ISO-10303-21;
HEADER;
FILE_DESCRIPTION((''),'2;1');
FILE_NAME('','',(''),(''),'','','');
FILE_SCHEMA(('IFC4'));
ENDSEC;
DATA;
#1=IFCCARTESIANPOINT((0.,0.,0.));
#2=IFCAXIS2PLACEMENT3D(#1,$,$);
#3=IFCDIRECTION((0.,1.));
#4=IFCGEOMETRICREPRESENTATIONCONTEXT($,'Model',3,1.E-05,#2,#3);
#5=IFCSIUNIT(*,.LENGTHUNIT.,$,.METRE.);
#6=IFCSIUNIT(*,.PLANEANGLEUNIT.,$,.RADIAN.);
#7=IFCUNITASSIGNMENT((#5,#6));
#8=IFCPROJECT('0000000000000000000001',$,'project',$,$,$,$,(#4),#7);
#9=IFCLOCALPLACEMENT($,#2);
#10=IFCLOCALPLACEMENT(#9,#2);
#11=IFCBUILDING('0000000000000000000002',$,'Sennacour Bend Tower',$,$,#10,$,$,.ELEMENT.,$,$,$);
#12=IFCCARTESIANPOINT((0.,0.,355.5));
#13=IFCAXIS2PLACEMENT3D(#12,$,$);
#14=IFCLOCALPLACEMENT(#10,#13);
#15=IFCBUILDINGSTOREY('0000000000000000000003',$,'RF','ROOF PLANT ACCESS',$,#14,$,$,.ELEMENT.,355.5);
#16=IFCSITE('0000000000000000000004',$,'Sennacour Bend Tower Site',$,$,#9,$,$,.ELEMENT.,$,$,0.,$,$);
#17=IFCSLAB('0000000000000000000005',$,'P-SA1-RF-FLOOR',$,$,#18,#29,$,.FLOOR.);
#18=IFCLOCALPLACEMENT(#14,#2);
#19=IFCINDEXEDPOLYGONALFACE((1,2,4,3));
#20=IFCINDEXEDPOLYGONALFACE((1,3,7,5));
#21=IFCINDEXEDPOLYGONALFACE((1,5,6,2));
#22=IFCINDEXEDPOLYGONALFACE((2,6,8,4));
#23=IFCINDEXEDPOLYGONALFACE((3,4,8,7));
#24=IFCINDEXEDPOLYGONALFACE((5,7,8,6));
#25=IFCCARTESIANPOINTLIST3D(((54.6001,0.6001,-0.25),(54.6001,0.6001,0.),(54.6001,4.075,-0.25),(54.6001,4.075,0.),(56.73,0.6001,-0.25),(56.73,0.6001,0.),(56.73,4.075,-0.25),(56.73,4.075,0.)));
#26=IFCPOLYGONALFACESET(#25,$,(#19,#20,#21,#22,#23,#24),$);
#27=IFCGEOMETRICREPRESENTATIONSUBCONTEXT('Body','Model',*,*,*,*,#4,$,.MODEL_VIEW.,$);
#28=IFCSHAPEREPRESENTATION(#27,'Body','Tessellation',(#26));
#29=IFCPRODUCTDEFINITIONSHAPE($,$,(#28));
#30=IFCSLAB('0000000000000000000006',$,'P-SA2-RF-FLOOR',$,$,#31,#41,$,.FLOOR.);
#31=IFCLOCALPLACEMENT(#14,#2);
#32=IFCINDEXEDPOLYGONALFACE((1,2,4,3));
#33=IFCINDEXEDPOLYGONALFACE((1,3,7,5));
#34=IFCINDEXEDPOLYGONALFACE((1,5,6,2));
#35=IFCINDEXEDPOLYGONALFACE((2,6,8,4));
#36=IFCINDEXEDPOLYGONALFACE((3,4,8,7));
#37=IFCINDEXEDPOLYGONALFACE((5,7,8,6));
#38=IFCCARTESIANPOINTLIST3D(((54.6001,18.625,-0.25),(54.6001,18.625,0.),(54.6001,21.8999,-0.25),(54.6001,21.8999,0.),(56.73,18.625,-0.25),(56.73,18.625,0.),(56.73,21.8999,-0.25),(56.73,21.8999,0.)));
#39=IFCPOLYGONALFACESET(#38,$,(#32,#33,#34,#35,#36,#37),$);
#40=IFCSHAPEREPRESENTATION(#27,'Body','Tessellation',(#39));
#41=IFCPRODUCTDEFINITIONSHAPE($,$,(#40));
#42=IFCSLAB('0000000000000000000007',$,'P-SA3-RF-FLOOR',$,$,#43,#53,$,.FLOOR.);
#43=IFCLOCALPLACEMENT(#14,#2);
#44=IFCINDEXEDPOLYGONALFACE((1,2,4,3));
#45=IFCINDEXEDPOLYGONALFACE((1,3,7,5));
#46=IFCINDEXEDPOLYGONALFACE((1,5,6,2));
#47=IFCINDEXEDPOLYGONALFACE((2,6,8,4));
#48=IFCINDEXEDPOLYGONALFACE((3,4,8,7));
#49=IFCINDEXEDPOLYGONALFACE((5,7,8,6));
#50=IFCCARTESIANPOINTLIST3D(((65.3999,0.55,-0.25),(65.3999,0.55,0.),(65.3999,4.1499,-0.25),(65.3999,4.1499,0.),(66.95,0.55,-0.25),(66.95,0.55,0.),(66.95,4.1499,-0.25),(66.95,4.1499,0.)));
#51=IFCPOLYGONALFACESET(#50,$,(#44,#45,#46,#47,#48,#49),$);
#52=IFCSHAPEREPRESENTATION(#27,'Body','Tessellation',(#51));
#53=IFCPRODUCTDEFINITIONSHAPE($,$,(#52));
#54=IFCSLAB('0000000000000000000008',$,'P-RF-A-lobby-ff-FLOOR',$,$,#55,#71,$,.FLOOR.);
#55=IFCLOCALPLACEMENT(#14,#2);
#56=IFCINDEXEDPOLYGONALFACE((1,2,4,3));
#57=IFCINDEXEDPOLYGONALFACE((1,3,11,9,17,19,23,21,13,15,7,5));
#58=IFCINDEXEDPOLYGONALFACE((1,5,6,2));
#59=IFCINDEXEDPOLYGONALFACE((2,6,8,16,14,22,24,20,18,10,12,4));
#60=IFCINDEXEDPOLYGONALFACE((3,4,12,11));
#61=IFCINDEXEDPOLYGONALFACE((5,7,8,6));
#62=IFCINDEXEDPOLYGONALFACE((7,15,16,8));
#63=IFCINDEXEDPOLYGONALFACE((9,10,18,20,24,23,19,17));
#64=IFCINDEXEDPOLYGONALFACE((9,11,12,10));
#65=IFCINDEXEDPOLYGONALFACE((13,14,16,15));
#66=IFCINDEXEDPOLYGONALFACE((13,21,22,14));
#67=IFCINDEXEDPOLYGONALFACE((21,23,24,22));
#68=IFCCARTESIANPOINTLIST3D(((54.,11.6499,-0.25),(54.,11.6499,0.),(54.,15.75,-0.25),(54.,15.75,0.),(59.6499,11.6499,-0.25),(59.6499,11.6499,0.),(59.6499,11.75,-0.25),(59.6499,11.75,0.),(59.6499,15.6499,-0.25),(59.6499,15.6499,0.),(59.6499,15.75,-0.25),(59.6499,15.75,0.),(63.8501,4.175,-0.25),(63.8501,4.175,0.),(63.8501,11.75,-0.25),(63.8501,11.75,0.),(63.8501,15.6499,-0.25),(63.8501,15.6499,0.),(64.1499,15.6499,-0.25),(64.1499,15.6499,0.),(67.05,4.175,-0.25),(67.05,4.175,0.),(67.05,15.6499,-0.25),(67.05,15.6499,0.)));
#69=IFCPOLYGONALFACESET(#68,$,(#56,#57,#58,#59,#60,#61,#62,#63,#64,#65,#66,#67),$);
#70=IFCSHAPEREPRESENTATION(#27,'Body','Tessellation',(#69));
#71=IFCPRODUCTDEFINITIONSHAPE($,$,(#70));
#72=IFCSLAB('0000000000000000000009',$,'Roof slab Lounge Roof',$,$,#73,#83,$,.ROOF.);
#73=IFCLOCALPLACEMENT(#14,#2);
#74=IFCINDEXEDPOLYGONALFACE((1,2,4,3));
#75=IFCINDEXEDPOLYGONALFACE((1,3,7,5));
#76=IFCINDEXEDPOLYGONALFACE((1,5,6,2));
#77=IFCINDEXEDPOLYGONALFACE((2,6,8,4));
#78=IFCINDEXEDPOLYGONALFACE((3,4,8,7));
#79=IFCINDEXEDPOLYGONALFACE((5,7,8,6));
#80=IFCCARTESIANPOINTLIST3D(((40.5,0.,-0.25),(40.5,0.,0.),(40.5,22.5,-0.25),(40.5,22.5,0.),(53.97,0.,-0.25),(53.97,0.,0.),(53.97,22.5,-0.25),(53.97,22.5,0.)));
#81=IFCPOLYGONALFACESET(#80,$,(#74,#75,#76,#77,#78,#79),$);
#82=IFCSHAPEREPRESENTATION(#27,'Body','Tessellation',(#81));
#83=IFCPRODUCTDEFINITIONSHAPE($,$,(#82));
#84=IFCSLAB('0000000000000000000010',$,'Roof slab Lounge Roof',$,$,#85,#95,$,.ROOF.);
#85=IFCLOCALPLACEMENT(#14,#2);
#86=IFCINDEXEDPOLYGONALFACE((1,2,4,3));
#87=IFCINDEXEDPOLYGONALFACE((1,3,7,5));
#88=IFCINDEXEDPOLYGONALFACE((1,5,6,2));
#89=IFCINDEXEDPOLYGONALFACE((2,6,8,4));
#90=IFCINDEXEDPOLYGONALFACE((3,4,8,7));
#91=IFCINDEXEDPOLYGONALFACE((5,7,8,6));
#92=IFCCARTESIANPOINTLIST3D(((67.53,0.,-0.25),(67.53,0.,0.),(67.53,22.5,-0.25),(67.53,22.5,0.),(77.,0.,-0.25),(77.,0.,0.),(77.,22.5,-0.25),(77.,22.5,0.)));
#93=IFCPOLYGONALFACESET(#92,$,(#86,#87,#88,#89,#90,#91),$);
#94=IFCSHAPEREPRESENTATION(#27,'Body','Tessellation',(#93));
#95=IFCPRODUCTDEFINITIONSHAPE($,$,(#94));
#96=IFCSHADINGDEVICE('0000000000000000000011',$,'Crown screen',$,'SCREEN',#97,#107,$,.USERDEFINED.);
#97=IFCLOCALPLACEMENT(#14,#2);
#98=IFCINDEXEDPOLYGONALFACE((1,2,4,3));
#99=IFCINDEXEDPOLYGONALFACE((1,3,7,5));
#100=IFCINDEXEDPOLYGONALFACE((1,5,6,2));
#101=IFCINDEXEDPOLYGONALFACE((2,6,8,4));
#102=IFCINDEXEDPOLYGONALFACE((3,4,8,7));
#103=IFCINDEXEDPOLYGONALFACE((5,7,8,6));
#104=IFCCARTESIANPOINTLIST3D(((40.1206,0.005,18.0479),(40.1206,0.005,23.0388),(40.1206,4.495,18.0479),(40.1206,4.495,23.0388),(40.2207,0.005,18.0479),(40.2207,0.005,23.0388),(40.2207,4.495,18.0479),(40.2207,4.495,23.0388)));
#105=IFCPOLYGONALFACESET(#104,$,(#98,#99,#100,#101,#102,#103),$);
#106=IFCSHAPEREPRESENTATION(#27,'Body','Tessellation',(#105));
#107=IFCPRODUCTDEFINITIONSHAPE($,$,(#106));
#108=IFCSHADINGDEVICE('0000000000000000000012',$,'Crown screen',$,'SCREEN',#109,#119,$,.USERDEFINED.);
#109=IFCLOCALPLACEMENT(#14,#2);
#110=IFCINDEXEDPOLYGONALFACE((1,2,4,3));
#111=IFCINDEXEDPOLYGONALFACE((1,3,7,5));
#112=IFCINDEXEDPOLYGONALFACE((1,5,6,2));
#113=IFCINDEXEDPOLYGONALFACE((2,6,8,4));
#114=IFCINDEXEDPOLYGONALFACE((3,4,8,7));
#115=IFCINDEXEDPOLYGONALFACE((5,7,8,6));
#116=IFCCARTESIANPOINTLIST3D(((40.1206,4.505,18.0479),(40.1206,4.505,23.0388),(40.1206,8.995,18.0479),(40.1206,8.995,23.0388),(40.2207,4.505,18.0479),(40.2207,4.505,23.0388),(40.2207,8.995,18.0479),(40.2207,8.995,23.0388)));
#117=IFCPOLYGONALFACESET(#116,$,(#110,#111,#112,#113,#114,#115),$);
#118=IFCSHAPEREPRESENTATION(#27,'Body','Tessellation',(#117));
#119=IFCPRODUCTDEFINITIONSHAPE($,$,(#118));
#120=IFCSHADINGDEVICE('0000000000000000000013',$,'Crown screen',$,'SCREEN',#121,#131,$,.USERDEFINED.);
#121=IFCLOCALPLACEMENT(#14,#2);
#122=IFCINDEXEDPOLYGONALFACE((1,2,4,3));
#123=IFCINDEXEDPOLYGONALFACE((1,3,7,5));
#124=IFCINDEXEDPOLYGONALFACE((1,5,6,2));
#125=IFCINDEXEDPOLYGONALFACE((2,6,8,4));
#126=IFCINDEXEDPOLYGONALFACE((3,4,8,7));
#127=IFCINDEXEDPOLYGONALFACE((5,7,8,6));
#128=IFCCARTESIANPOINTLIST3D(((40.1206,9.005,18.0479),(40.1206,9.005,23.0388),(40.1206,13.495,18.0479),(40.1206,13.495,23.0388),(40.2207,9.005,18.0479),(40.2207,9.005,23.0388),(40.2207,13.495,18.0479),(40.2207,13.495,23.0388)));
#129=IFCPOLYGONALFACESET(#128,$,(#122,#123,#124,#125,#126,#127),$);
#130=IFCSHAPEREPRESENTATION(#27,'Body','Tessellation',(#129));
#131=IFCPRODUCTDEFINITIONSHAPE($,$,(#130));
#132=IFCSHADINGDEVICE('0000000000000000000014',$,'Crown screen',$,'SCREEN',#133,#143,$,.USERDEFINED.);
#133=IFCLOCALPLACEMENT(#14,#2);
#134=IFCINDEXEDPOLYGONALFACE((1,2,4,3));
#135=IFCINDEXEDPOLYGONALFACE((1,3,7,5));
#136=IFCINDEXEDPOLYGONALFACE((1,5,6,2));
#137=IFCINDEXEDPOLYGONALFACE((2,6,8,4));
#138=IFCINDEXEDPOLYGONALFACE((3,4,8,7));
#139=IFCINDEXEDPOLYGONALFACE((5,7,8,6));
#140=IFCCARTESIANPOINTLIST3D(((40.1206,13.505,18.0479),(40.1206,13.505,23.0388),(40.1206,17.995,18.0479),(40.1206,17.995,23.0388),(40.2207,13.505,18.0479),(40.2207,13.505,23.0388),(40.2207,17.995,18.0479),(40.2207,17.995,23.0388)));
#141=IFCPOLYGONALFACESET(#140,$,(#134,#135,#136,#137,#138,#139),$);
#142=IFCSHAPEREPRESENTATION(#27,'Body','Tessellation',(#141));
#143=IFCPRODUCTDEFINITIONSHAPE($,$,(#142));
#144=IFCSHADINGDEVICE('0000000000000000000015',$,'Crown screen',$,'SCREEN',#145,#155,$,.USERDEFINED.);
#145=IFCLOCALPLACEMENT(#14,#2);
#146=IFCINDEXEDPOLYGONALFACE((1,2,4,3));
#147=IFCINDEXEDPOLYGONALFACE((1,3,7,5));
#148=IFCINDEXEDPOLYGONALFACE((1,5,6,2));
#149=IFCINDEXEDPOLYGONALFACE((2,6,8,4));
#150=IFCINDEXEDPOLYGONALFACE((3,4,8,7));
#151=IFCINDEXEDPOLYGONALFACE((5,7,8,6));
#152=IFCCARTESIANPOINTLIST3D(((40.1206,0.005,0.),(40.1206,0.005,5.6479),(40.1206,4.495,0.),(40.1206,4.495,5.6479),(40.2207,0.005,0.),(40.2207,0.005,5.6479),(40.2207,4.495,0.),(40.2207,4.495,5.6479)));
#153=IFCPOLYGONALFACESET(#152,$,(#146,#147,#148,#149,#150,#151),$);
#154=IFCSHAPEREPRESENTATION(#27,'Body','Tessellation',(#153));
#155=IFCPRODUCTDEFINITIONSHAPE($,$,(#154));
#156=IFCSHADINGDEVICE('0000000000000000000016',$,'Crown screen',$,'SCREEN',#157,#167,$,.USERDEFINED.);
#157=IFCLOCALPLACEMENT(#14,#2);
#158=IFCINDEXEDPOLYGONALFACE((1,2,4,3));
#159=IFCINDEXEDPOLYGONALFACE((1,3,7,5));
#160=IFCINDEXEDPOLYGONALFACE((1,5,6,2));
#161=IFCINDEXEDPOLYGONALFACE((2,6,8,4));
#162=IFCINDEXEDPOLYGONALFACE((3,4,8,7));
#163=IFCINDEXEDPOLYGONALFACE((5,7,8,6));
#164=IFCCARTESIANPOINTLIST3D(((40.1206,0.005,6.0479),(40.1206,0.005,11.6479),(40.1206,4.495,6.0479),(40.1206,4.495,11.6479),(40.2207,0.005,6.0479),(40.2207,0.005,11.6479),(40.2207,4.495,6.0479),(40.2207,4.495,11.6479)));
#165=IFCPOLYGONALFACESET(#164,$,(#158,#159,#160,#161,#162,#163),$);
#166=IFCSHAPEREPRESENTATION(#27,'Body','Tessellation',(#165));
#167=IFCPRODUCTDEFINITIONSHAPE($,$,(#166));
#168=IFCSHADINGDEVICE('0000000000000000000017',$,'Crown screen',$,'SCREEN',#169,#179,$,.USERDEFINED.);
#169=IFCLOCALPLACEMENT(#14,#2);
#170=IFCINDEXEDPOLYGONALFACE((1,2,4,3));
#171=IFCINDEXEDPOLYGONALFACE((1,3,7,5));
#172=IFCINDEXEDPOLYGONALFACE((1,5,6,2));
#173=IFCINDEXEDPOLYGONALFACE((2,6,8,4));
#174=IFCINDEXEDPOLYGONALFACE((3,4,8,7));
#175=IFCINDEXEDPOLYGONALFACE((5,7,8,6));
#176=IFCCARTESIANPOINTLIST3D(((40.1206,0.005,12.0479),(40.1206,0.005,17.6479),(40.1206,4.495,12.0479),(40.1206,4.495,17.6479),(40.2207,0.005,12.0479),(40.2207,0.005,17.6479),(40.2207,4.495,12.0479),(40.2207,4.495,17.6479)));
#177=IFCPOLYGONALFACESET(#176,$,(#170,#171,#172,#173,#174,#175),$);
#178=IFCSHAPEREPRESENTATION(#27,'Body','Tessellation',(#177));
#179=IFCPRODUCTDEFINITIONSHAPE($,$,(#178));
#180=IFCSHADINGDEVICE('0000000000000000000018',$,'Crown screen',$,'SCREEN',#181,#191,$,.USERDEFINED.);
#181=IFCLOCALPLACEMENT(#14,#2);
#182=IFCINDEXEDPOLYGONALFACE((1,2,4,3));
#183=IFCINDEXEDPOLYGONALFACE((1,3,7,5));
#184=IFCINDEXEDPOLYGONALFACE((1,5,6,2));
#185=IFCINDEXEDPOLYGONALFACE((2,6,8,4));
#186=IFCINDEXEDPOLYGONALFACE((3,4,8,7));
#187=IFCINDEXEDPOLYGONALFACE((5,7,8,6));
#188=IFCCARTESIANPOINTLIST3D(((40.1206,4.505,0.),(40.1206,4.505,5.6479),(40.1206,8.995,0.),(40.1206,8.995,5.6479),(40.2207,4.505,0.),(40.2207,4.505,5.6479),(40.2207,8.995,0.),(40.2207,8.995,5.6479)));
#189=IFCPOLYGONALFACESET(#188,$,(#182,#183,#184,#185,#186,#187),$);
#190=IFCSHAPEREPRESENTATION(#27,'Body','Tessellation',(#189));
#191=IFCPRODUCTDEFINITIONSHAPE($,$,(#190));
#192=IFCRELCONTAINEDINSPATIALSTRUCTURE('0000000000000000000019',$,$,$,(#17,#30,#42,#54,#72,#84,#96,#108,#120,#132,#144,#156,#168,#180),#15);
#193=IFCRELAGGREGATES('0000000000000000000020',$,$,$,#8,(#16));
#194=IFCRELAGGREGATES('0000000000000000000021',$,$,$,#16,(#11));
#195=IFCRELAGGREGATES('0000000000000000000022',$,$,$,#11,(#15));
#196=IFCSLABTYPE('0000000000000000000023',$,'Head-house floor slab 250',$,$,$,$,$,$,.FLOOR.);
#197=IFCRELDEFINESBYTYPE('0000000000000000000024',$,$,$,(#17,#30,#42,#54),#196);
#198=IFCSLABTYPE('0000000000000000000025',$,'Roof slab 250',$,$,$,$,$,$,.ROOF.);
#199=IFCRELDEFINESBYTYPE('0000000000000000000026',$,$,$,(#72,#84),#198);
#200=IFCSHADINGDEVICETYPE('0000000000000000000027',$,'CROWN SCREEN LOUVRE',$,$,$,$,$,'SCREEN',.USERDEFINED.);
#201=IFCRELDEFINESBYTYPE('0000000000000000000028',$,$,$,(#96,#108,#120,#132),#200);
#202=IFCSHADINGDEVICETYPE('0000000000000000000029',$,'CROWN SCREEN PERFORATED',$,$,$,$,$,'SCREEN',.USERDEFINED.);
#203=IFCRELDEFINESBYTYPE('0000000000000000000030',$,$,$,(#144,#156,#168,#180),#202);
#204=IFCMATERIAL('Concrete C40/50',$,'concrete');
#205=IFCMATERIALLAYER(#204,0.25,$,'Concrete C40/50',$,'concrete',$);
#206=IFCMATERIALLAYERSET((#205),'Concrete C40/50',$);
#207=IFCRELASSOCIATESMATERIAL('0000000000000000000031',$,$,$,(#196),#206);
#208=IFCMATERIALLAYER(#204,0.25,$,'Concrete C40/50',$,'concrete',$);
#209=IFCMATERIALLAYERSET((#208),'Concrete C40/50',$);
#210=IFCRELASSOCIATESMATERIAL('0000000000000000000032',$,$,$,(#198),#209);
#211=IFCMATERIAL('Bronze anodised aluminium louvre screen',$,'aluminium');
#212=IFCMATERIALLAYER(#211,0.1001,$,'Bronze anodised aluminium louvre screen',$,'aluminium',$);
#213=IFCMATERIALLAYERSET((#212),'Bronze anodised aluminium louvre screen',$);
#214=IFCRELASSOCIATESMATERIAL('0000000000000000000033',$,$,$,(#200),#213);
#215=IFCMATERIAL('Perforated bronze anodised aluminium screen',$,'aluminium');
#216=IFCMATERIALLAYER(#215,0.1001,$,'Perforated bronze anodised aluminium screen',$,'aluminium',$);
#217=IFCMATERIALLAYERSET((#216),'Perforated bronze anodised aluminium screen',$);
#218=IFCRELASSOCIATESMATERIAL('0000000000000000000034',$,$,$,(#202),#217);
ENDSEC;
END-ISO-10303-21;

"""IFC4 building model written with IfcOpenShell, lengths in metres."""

from ifc_helpers import new_model, si_unit, direction, frame, origin, origin_2d, place, context, subcontext, project, spatial, polyline, rectangle, outline, extrude, material, layer, layer_set, type_object, element, save


model = new_model("IFC4")

# Units and contexts
model_context = context("Model", 3, precision=1e-05, world=origin(), true_north=direction((0.0, 1.0)))
body_context = subcontext(model_context, "Body", "Model", "MODEL_VIEW")
ifc_project = project(units=[si_unit("LENGTHUNIT", "METRE"), si_unit("PLANEANGLEUNIT", "RADIAN")], contexts=[model_context])

# Site, building, storey
site_placement = place(None, origin())
site = spatial("IfcSite", under=ifc_project, at=site_placement, Name="Sennacour Bend Tower Site", CompositionType="ELEMENT", RefElevation=0.0)
building_placement = place(site_placement, origin())
building = spatial("IfcBuilding", under=site, at=building_placement, Name="Sennacour Bend Tower", CompositionType="ELEMENT")
storey_placement = place(building_placement, frame((0.0, 0.0, 355.5)))
storey = spatial("IfcBuildingStorey", under=building, at=storey_placement, Name="RF", Description="ROOF PLANT ACCESS", CompositionType="ELEMENT", Elevation=355.5)

# Slabs
ifc_material_1 = material(Name="Concrete C40/50", Category="concrete")
ifc_layer_1 = layer(ifc_material_1, 0.25, Name="Concrete C40/50", Category="concrete")
ifc_layer_set_1 = layer_set([ifc_layer_1], Name="Concrete C40/50")
slab_type_1 = type_object("IfcSlabType", Name="Head-house floor slab 250", PredefinedType="FLOOR", material=ifc_layer_set_1)
slab_1_placement = place(storey_placement, frame((0.0, 0.0, -0.25)))
element("IfcSlab", 1, at=slab_1_placement, inside=storey, type_object=slab_type_1, Name="P-SA1-RF-FLOOR", PredefinedType="FLOOR", context=body_context, shape_type="SweptSolid", body=[
    extrude(outline(polyline([(54.6001, 0.6001), (56.73, 0.6001), (56.73, 4.075), (54.6001, 4.075), (54.6001, 0.6001)])), origin(), (0.0, 0.0, 1.0), 0.25),
])
slab_2_placement = place(storey_placement, frame((0.0, 0.0, -0.25)))
element("IfcSlab", 2, at=slab_2_placement, inside=storey, type_object=slab_type_1, Name="P-SA2-RF-FLOOR", PredefinedType="FLOOR", context=body_context, shape_type="SweptSolid", body=[
    extrude(outline(polyline([(54.6001, 18.625), (56.73, 18.625), (56.73, 21.8999), (54.6001, 21.8999), (54.6001, 18.625)])), origin(), (0.0, 0.0, 1.0), 0.25),
])
slab_3_placement = place(storey_placement, frame((0.0, 0.0, -0.25)))
element("IfcSlab", 3, at=slab_3_placement, inside=storey, type_object=slab_type_1, Name="P-SA3-RF-FLOOR", PredefinedType="FLOOR", context=body_context, shape_type="SweptSolid", body=[
    extrude(outline(polyline([(65.3999, 0.55), (66.95, 0.55), (66.95, 4.1499), (65.3999, 4.1499), (65.3999, 0.55)])), origin(), (0.0, 0.0, 1.0), 0.25),
])
slab_4_placement = place(storey_placement, frame((0.0, 0.0, -0.25)))
element("IfcSlab", 4, at=slab_4_placement, inside=storey, type_object=slab_type_1, Name="P-RF-A-lobby-ff-FLOOR", PredefinedType="FLOOR", context=body_context, shape_type="SweptSolid", body=[
    extrude(outline(polyline([(63.8501, 4.175), (63.8501, 11.75), (59.6499, 11.75), (59.6499, 11.6499), (54.0, 11.6499), (54.0, 15.75), (59.6499, 15.75), (59.6499, 15.6499), (63.8501, 15.6499), (64.1499, 15.6499), (67.05, 15.6499), (67.05, 4.175), (63.8501, 4.175)])), origin(), (0.0, 0.0, 1.0), 0.25),
])
ifc_layer_2 = layer(ifc_material_1, 0.25, Name="Concrete C40/50", Category="concrete")
ifc_layer_set_2 = layer_set([ifc_layer_2], Name="Concrete C40/50")
slab_type_2 = type_object("IfcSlabType", Name="Roof slab 250", PredefinedType="ROOF", material=ifc_layer_set_2)
slab_5_placement = place(storey_placement, frame((0.0, 0.0, -0.25)))
element("IfcSlab", 5, at=slab_5_placement, inside=storey, type_object=slab_type_2, Name="Roof slab Lounge Roof", PredefinedType="ROOF", context=body_context, shape_type="SweptSolid", body=[
    extrude(outline(polyline([(40.5, 0.0), (40.5, 22.5), (53.97, 22.5), (53.97, 0.0), (40.5, 0.0)])), origin(), (0.0, 0.0, 1.0), 0.25),
])
slab_6_placement = place(storey_placement, frame((0.0, 0.0, -0.25)))
element("IfcSlab", 6, at=slab_6_placement, inside=storey, type_object=slab_type_2, Name="Roof slab Lounge Roof", PredefinedType="ROOF", context=body_context, shape_type="SweptSolid", body=[
    extrude(outline(polyline([(77.0, 22.5), (77.0, 0.0), (67.53, 0.0), (67.53, 22.5), (77.0, 22.5)])), origin(), (0.0, 0.0, 1.0), 0.25),
])

# Shading devices
ifc_material_2 = material(Name="Bronze anodised aluminium louvre screen", Category="aluminium")
ifc_layer_3 = layer(ifc_material_2, 0.1001, Name="Bronze anodised aluminium louvre screen", Category="aluminium")
ifc_layer_set_3 = layer_set([ifc_layer_3], Name="Bronze anodised aluminium louvre screen")
shading_device_type_1 = type_object("IfcShadingDeviceType", Name="CROWN SCREEN LOUVRE", ElementType="SCREEN", PredefinedType="USERDEFINED", material=ifc_layer_set_3)
for number, where, z_axis, x_axis, name in (
    (7, (40.1707, 2.25, 18.0479), (0.0, 0.0, 1.0), (0.0, 1.0, 0.0), "Crown screen"),
    (8, (40.1707, 6.75, 18.0479), (0.0, 0.0, 1.0), (0.0, 1.0, 0.0), "Crown screen"),
    (9, (40.1707, 11.25, 18.0479), (0.0, 0.0, 1.0), (0.0, 1.0, 0.0), "Crown screen"),
    (10, (40.1707, 15.75, 18.0479), (0.0, 0.0, 1.0), (0.0, 1.0, 0.0), "Crown screen"),
):
    element("IfcShadingDevice", number, at=place(storey_placement, frame(where, z_axis=z_axis, x_axis=x_axis)), inside=storey, type_object=shading_device_type_1, Name=name, ObjectType="SCREEN", PredefinedType="USERDEFINED", context=body_context, shape_type="SweptSolid", body=[
        extrude(rectangle(XDim=4.49, YDim=0.1001, at=origin_2d()), origin(), (0.0, 0.0, 1.0), 4.991),
    ])
ifc_material_3 = material(Name="Perforated bronze anodised aluminium screen", Category="aluminium")
ifc_layer_4 = layer(ifc_material_3, 0.1001, Name="Perforated bronze anodised aluminium screen", Category="aluminium")
ifc_layer_set_4 = layer_set([ifc_layer_4], Name="Perforated bronze anodised aluminium screen")
shading_device_type_2 = type_object("IfcShadingDeviceType", Name="CROWN SCREEN PERFORATED", ElementType="SCREEN", PredefinedType="USERDEFINED", material=ifc_layer_set_4)
shading_device_1_placement = place(storey_placement, frame((40.1707, 2.25, 0.0), z_axis=(0.0, 0.0, 1.0), x_axis=(0.0, 1.0, 0.0)))
element("IfcShadingDevice", 11, at=shading_device_1_placement, inside=storey, type_object=shading_device_type_2, Name="Crown screen", ObjectType="SCREEN", PredefinedType="USERDEFINED", context=body_context, shape_type="SweptSolid", body=[
    extrude(rectangle(XDim=4.49, YDim=0.1001, at=origin_2d()), origin(), (0.0, 0.0, 1.0), 5.6479),
])
for number, where, z_axis, x_axis, name in (
    (12, (40.1707, 2.25, 6.0479), (0.0, 0.0, 1.0), (0.0, 1.0, 0.0), "Crown screen"),
    (13, (40.1707, 2.25, 12.0479), (0.0, 0.0, 1.0), (0.0, 1.0, 0.0), "Crown screen"),
):
    element("IfcShadingDevice", number, at=place(storey_placement, frame(where, z_axis=z_axis, x_axis=x_axis)), inside=storey, type_object=shading_device_type_2, Name=name, ObjectType="SCREEN", PredefinedType="USERDEFINED", context=body_context, shape_type="SweptSolid", body=[
        extrude(rectangle(XDim=4.49, YDim=0.1001, at=origin_2d()), origin(), (0.0, 0.0, 1.0), 5.6001),
    ])
shading_device_2_placement = place(storey_placement, frame((40.1707, 6.75, 0.0), z_axis=(0.0, 0.0, 1.0), x_axis=(0.0, 1.0, 0.0)))
element("IfcShadingDevice", 14, at=shading_device_2_placement, inside=storey, type_object=shading_device_type_2, Name="Crown screen", ObjectType="SCREEN", PredefinedType="USERDEFINED", context=body_context, shape_type="SweptSolid", body=[
    extrude(rectangle(XDim=4.49, YDim=0.1001, at=origin_2d()), origin(), (0.0, 0.0, 1.0), 5.6479),
])

save(model, "model.ifc")
